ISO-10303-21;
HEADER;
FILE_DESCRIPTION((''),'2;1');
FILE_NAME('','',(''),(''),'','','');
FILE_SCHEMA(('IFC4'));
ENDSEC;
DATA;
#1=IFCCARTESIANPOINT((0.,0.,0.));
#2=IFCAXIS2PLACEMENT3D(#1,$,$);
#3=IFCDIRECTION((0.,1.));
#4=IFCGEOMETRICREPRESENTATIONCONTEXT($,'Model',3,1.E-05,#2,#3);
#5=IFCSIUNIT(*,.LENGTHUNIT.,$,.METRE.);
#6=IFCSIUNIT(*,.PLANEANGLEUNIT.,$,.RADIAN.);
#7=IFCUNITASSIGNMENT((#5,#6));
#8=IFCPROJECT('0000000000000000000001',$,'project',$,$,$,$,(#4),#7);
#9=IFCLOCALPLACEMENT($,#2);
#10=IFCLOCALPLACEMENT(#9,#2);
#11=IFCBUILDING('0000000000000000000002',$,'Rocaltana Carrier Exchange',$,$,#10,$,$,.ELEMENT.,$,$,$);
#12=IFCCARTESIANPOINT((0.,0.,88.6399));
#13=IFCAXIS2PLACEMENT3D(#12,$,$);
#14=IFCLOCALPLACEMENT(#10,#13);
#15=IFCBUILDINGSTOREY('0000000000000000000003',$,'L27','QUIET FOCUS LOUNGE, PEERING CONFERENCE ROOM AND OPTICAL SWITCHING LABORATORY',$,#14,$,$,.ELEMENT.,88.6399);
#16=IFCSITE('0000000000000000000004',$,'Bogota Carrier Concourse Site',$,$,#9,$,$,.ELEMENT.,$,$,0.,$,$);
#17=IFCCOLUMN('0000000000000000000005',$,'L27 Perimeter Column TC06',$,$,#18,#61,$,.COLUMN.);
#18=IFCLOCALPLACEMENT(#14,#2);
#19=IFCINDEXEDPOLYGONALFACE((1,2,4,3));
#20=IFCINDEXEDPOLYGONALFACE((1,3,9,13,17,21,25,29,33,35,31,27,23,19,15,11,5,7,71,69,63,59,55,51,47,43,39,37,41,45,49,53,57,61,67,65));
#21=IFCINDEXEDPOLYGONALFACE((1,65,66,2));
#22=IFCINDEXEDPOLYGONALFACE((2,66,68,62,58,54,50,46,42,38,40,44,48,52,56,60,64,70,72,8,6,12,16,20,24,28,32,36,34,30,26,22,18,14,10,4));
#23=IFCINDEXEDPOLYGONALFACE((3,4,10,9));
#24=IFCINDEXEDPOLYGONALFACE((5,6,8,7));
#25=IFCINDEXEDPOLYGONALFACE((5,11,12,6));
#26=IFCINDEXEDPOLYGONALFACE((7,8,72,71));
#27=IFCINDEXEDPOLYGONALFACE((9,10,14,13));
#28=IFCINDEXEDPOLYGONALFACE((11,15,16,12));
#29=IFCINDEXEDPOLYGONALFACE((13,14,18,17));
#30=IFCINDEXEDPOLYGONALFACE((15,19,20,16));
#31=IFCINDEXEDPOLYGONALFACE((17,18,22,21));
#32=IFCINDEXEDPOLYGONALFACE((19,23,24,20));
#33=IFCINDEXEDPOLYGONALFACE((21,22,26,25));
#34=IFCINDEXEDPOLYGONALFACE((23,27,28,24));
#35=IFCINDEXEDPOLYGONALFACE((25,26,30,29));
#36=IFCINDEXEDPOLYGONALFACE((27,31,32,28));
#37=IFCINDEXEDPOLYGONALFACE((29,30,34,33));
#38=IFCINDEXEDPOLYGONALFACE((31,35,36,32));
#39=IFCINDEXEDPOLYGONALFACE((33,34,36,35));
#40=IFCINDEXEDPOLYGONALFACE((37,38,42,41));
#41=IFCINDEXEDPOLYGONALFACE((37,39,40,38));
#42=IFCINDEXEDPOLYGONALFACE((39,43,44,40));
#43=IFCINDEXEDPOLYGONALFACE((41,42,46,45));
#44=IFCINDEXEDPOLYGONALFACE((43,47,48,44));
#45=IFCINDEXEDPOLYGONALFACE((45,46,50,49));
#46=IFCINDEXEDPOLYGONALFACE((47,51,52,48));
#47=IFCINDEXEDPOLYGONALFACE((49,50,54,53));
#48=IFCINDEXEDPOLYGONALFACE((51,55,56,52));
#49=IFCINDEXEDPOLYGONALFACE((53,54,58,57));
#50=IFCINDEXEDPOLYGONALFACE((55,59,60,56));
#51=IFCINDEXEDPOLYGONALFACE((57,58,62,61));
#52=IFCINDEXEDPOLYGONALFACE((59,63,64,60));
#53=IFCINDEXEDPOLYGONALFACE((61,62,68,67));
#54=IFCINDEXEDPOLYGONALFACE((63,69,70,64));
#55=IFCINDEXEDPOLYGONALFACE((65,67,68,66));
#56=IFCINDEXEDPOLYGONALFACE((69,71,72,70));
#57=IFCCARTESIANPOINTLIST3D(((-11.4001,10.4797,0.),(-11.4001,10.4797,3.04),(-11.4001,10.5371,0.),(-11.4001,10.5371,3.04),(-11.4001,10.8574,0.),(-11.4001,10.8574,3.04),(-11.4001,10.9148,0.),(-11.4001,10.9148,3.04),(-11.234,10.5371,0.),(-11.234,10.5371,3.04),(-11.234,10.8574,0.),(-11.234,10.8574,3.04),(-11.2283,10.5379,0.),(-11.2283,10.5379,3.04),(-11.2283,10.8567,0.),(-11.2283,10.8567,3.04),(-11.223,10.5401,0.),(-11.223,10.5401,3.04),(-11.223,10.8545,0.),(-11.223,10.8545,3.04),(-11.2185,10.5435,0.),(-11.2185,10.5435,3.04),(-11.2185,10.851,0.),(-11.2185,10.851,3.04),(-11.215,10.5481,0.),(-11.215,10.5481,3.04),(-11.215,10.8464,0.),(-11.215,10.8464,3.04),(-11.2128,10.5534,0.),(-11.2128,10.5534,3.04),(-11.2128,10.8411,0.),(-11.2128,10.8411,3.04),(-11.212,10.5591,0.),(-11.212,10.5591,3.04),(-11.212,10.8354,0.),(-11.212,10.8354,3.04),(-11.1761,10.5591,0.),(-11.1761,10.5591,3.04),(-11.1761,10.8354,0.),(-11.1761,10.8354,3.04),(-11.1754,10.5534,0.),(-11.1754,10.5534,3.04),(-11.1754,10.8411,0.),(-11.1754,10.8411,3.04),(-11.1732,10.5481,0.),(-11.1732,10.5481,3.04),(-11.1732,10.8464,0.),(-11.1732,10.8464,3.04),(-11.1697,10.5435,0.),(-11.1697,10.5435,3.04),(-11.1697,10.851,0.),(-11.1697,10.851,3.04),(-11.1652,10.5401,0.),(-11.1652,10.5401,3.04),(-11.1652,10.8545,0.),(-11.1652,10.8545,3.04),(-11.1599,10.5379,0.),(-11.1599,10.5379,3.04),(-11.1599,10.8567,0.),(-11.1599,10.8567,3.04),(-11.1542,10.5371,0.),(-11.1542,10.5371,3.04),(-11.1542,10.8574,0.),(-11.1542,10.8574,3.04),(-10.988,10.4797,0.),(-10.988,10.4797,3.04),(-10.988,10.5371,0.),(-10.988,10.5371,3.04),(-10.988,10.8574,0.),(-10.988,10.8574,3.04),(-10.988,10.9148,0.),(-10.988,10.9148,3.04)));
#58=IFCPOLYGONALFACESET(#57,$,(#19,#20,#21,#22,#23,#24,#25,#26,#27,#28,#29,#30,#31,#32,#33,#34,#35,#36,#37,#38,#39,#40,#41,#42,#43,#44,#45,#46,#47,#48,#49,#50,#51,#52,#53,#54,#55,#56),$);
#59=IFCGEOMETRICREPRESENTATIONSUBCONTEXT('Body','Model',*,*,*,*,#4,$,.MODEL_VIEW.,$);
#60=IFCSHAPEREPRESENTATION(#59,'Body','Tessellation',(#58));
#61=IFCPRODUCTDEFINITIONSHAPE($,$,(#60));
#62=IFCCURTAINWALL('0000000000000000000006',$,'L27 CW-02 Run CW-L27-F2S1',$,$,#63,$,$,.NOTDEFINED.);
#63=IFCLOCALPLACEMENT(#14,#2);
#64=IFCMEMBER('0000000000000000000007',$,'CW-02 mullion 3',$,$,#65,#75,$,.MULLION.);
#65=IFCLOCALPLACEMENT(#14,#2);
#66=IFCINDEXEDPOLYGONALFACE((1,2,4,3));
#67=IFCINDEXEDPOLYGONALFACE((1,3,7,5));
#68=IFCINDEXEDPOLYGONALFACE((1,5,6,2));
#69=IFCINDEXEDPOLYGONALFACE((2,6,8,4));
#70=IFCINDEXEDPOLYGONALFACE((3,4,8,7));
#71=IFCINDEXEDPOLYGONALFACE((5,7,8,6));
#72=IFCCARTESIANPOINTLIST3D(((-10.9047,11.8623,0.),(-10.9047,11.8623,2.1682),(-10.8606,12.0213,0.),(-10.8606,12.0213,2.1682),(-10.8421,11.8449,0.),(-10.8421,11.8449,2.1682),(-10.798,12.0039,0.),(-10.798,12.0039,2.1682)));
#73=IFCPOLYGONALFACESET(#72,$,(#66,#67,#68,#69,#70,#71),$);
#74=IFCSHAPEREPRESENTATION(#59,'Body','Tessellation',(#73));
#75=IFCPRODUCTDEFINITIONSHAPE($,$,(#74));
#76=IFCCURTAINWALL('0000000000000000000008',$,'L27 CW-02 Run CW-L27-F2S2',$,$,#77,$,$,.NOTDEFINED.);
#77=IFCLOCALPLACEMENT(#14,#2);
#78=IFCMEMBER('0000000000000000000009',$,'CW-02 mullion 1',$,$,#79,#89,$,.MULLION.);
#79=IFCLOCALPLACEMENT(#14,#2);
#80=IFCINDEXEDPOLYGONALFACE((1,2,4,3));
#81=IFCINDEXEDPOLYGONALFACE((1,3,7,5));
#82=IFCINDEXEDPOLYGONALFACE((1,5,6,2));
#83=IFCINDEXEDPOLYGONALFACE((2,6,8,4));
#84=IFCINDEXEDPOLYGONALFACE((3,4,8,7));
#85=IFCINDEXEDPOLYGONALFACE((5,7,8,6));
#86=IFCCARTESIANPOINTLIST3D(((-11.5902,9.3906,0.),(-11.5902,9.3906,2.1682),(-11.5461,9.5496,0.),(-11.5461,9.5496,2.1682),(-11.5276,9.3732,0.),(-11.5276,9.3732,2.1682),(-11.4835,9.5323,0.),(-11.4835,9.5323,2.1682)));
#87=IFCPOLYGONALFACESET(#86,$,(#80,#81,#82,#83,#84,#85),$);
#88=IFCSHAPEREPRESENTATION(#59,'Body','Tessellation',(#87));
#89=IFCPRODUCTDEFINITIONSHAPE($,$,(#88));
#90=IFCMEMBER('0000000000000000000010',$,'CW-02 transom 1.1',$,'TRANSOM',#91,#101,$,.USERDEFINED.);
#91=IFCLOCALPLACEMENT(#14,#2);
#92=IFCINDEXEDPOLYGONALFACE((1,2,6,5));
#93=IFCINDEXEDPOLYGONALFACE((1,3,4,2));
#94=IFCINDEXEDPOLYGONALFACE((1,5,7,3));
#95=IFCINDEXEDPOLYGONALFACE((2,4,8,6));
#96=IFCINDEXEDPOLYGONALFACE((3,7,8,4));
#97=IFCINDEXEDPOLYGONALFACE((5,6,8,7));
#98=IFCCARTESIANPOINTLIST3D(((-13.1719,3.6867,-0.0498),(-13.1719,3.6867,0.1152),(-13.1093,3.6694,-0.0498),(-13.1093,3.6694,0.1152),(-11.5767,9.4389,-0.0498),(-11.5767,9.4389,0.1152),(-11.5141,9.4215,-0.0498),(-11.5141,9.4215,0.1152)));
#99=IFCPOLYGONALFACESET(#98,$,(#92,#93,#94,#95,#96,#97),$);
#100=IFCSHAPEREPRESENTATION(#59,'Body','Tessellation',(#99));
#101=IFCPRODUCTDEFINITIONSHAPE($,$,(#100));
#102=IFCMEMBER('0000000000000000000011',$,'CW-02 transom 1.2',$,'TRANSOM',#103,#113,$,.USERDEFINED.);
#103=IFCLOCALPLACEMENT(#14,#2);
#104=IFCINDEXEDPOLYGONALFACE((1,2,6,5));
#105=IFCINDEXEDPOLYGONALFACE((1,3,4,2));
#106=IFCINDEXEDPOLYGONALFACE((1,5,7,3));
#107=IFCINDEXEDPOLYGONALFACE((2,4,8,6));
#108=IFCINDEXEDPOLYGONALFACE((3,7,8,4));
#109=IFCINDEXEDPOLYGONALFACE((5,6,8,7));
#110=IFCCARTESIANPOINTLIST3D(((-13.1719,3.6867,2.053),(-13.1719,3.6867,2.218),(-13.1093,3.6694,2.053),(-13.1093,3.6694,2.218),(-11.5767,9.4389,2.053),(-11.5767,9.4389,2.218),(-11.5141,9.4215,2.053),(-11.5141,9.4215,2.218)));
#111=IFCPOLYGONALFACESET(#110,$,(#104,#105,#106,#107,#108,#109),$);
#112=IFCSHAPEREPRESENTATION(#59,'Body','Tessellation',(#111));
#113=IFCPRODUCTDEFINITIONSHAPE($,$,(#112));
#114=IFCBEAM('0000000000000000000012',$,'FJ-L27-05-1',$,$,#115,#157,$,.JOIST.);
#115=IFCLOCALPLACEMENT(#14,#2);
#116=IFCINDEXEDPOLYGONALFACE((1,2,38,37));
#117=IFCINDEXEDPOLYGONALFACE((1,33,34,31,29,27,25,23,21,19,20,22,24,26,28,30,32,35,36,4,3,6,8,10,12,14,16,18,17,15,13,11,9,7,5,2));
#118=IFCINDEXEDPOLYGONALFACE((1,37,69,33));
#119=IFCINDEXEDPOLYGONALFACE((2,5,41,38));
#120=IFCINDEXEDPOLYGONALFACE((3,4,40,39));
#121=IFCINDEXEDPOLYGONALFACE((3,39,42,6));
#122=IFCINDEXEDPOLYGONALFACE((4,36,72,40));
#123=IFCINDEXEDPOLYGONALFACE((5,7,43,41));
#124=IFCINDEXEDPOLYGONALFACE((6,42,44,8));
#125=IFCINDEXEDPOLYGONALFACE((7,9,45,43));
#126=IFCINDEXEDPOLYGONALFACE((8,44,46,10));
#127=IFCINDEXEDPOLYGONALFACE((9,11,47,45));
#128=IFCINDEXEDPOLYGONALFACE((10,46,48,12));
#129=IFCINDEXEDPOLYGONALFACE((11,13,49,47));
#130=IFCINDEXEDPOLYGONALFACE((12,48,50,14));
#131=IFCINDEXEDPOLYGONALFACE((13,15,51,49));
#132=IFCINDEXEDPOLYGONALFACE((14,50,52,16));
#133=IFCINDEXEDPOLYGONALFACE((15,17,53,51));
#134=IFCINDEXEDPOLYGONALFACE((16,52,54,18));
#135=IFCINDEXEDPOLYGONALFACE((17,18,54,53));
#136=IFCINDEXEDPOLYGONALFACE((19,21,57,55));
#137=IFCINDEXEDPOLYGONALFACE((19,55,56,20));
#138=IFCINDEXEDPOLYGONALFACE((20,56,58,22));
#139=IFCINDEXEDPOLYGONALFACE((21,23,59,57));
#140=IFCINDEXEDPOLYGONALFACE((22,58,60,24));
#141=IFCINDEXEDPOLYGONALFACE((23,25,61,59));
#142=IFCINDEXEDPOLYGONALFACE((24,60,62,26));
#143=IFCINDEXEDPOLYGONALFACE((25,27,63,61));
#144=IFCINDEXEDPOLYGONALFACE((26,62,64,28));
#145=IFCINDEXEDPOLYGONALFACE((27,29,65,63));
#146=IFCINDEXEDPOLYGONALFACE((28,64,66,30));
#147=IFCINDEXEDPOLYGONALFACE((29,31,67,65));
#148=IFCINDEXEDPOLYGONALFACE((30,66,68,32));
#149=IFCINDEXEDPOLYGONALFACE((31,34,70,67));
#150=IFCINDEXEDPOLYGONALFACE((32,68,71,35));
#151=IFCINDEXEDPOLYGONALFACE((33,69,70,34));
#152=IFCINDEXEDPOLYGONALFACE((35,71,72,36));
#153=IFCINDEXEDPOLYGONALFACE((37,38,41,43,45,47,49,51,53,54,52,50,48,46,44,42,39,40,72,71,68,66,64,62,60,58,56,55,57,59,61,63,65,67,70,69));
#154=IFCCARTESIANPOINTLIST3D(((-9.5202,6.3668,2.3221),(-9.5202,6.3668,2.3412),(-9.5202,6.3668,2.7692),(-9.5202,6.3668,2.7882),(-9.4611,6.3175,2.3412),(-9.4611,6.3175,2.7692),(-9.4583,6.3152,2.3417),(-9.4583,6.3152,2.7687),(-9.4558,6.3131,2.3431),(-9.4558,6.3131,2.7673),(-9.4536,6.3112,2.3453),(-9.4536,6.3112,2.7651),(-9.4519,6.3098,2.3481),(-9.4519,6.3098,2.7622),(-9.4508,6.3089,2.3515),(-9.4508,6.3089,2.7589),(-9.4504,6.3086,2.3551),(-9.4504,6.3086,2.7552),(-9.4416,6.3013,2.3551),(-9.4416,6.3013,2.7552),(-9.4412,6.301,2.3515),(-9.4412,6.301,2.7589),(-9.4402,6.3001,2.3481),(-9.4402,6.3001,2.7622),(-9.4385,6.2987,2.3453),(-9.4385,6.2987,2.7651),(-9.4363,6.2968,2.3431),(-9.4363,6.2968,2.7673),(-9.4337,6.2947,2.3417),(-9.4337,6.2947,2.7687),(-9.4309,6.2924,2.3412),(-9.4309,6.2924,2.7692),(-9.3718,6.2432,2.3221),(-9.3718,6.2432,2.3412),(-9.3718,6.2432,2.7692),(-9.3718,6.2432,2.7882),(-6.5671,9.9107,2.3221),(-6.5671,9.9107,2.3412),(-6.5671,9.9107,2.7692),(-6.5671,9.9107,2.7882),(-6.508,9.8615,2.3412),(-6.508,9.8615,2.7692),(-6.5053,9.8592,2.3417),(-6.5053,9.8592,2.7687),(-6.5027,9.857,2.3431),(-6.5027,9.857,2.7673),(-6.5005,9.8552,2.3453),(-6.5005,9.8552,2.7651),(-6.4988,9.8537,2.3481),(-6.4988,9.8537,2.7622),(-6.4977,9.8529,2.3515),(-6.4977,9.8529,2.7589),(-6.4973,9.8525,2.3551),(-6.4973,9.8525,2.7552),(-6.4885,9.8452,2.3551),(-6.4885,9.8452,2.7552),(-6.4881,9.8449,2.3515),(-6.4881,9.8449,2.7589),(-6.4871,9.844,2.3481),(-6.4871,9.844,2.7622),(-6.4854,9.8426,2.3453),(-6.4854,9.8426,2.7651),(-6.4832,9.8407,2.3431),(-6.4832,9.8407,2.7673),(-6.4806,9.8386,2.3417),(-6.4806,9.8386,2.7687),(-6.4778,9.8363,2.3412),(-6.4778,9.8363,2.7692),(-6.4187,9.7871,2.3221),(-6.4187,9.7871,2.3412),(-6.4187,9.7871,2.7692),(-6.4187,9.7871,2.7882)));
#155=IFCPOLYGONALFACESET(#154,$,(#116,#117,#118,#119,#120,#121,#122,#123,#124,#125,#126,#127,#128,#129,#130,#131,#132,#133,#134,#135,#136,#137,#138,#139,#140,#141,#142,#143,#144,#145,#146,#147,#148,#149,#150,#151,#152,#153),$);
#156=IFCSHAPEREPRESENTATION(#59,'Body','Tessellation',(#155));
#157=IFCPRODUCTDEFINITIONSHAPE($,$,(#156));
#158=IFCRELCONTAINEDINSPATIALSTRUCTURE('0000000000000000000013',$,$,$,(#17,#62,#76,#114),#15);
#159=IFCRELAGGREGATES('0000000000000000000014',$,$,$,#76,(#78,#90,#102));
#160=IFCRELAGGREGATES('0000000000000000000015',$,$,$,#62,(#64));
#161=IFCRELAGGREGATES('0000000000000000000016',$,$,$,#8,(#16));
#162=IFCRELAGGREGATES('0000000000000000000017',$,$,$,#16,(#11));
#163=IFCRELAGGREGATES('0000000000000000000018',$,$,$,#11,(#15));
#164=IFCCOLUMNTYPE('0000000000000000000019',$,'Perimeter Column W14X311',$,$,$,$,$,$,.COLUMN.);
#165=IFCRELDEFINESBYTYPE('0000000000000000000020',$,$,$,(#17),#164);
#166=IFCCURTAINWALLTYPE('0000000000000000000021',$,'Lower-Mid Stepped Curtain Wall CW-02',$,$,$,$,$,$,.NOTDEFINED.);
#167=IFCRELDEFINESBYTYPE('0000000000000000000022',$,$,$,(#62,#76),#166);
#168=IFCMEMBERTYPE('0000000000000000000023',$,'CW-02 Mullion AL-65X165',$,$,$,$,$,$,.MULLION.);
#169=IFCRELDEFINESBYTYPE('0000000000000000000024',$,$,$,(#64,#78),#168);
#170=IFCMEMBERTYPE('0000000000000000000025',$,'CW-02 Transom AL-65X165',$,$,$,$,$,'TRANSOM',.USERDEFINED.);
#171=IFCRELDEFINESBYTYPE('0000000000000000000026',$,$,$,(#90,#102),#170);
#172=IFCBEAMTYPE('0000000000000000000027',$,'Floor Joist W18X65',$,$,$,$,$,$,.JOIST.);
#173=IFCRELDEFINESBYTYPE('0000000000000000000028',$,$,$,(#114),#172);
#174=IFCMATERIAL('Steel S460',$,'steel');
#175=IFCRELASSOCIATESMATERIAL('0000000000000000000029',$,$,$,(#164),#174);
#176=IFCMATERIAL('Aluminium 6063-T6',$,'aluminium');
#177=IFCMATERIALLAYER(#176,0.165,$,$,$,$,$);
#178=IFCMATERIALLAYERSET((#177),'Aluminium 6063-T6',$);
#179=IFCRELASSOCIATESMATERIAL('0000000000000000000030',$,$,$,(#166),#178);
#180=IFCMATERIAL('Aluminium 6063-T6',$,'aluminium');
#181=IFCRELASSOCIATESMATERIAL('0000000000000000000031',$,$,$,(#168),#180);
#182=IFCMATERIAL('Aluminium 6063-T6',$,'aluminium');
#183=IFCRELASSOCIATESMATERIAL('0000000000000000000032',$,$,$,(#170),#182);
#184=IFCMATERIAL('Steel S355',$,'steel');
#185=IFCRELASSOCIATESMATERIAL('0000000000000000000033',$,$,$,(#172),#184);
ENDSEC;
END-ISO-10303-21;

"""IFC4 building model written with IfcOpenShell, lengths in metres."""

from ifc_helpers import new_model, si_unit, direction, frame, origin, origin_2d, place, context, subcontext, project, spatial, rectangle, i_section, extrude, material, layer, layer_set, material_profile, profile_set, type_object, element, aggregate, save


model = new_model("IFC4")

# Units and contexts
model_context = context("Model", 3, precision=1e-05, world=origin(), true_north=direction((0.0, 1.0)))
body_context = subcontext(model_context, "Body", "Model", "MODEL_VIEW")
ifc_project = project(units=[si_unit("LENGTHUNIT", "METRE"), si_unit("PLANEANGLEUNIT", "RADIAN")], contexts=[model_context])

# Site, building, storey
site_placement = place(None, origin())
site = spatial("IfcSite", under=ifc_project, at=site_placement, Name="Bogota Carrier Concourse Site", CompositionType="ELEMENT", RefElevation=0.0)
building_placement = place(site_placement, origin())
building = spatial("IfcBuilding", under=site, at=building_placement, Name="Rocaltana Carrier Exchange", CompositionType="ELEMENT")
storey_placement = place(building_placement, frame((0.0, 0.0, 88.6399)))
storey = spatial("IfcBuildingStorey", under=building, at=storey_placement, Name="L27", Description="QUIET FOCUS LOUNGE, PEERING CONFERENCE ROOM AND OPTICAL SWITCHING LABORATORY", CompositionType="ELEMENT", Elevation=88.6399)

# Column
ifc_material_1 = material(Name="Steel S460", Category="steel")
ifc_material_profile_1 = material_profile(ifc_material_1, i_section(OverallWidth=0.4121, OverallDepth=0.4351, WebThickness=0.0359, FlangeThickness=0.0574, FilletRadius=0.022, at=origin_2d()), Name="W14X311")
ifc_profile_set_1 = profile_set([ifc_material_profile_1], Name="Steel S460")
column_type = type_object("IfcColumnType", Name="Perimeter Column W14X311", PredefinedType="COLUMN", material=ifc_profile_set_1)
column_placement = place(storey_placement, frame((-11.1941, 10.6973, 0.0), z_axis=(0.0, 0.0, 1.0), x_axis=(1.0, 0.0, 0.0)))
element("IfcColumn", 1, at=column_placement, inside=storey, type_object=column_type, Name="L27 Perimeter Column TC06", PredefinedType="COLUMN", context=body_context, shape_type="SweptSolid", body=[
    extrude(i_section(OverallWidth=0.4121, OverallDepth=0.4351, WebThickness=0.0359, FlangeThickness=0.0574, FilletRadius=0.022, at=origin_2d()), origin(), (0.0, 0.0, 1.0), 3.04),
])

# Curtain wall, member
ifc_material_2 = material(Name="Aluminium 6063-T6", Category="aluminium")
ifc_layer_1 = layer(ifc_material_2, 0.165)
ifc_layer_set_1 = layer_set([ifc_layer_1], Name="Aluminium 6063-T6")
curtain_wall_type = type_object("IfcCurtainWallType", Name="Lower-Mid Stepped Curtain Wall CW-02", PredefinedType="NOTDEFINED", material=ifc_layer_set_1)
curtain_wall_1_placement = place(storey_placement, origin())
curtain_wall_1 = element("IfcCurtainWall", 2, at=curtain_wall_1_placement, inside=storey, type_object=curtain_wall_type, Name="L27 CW-02 Run CW-L27-F2S1", PredefinedType="NOTDEFINED")
ifc_material_3 = material(Name="Aluminium 6063-T6", Category="aluminium")
ifc_material_profile_2 = material_profile(ifc_material_3, rectangle(XDim=0.0649, YDim=0.165, at=origin_2d()), Name="AL-65X165")
ifc_profile_set_2 = profile_set([ifc_material_profile_2], Name="Aluminium 6063-T6")
member_type_1 = type_object("IfcMemberType", Name="CW-02 Mullion AL-65X165", PredefinedType="MULLION", material=ifc_profile_set_2)
member_1_placement = place(storey_placement, frame((-10.8513, 11.9331, 0.0), z_axis=(0.0, 0.0, 1.0), x_axis=(0.963628, -0.267246, 0.0)))
member_1 = element("IfcMember", 3, at=member_1_placement, type_object=member_type_1, Name="CW-02 mullion 3", PredefinedType="MULLION", context=body_context, shape_type="SweptSolid", body=[
    extrude(rectangle(XDim=0.0649, YDim=0.165, at=origin_2d()), origin(), (0.0, 0.0, 1.0), 2.1682),
])

# Curtain wall, members
curtain_wall_2_placement = place(storey_placement, origin())
curtain_wall_2 = element("IfcCurtainWall", 4, at=curtain_wall_2_placement, inside=storey, type_object=curtain_wall_type, Name="L27 CW-02 Run CW-L27-F2S2", PredefinedType="NOTDEFINED")
member_2_placement = place(storey_placement, frame((-11.5369, 9.4614, 0.0), z_axis=(0.0, 0.0, 1.0), x_axis=(0.963631, -0.267238, 0.0)))
member_2 = element("IfcMember", 5, at=member_2_placement, type_object=member_type_1, Name="CW-02 mullion 1", PredefinedType="MULLION", context=body_context, shape_type="SweptSolid", body=[
    extrude(rectangle(XDim=0.0649, YDim=0.165, at=origin_2d()), origin(), (0.0, 0.0, 1.0), 2.1682),
])
ifc_material_4 = material(Name="Aluminium 6063-T6", Category="aluminium")
ifc_material_profile_3 = material_profile(ifc_material_4, rectangle(XDim=0.0649, YDim=0.165, at=origin_2d()), Name="AL-65X165")
ifc_profile_set_3 = profile_set([ifc_material_profile_3], Name="Aluminium 6063-T6")
member_type_2 = type_object("IfcMemberType", Name="CW-02 Transom AL-65X165", ElementType="TRANSOM", PredefinedType="USERDEFINED", material=ifc_profile_set_3)
member_3_placement = place(storey_placement, frame((-11.5454, 9.4302, 0.0327), z_axis=(-0.267237, -0.963631, 0.0), x_axis=(0.963631, -0.267237, 0.0)))
member_3 = element("IfcMember", 6, at=member_3_placement, type_object=member_type_2, Name="CW-02 transom 1.1", ObjectType="TRANSOM", PredefinedType="USERDEFINED", context=body_context, shape_type="SweptSolid", body=[
    extrude(rectangle(XDim=0.0649, YDim=0.165, at=origin_2d()), origin(), (0.0, 0.0, 1.0), 5.9692),
])
member_4_placement = place(storey_placement, frame((-11.5454, 9.4302, 2.1355), z_axis=(-0.267237, -0.963631, 0.0), x_axis=(0.963631, -0.267237, 0.0)))
member_4 = element("IfcMember", 7, at=member_4_placement, type_object=member_type_2, Name="CW-02 transom 1.2", ObjectType="TRANSOM", PredefinedType="USERDEFINED", context=body_context, shape_type="SweptSolid", body=[
    extrude(rectangle(XDim=0.0649, YDim=0.165, at=origin_2d()), origin(), (0.0, 0.0, 1.0), 5.9692),
])
aggregate(curtain_wall_2, [member_2, member_3, member_4])

# Beam
ifc_material_5 = material(Name="Steel S355", Category="steel")
ifc_material_profile_4 = material_profile(ifc_material_5, i_section(OverallWidth=0.1931, OverallDepth=0.4661, WebThickness=0.0115, FlangeThickness=0.019, FilletRadius=0.0139, at=origin_2d()), Name="W18X65")
ifc_profile_set_4 = profile_set([ifc_material_profile_4], Name="Steel S355")
beam_type_1 = type_object("IfcBeamType", Name="Floor Joist W18X65", PredefinedType="JOIST", material=ifc_profile_set_4)
beam_1_placement = place(storey_placement, frame((-6.4929, 9.8489, 2.5552), z_axis=(-0.640164, -0.768239, 0.0), x_axis=(0.768239, -0.640164, 0.0)))
element("IfcBeam", 8, at=beam_1_placement, inside=storey, type_object=beam_type_1, Name="FJ-L27-05-1", PredefinedType="JOIST", context=body_context, shape_type="SweptSolid", body=[
    extrude(i_section(OverallWidth=0.1931, OverallDepth=0.4661, WebThickness=0.0115, FlangeThickness=0.019, FilletRadius=0.0139, at=origin_2d()), origin(), (0.0, 0.0, 1.0), 4.613),
])

aggregate(curtain_wall_1, [member_1])

save(model, "model.ifc")
